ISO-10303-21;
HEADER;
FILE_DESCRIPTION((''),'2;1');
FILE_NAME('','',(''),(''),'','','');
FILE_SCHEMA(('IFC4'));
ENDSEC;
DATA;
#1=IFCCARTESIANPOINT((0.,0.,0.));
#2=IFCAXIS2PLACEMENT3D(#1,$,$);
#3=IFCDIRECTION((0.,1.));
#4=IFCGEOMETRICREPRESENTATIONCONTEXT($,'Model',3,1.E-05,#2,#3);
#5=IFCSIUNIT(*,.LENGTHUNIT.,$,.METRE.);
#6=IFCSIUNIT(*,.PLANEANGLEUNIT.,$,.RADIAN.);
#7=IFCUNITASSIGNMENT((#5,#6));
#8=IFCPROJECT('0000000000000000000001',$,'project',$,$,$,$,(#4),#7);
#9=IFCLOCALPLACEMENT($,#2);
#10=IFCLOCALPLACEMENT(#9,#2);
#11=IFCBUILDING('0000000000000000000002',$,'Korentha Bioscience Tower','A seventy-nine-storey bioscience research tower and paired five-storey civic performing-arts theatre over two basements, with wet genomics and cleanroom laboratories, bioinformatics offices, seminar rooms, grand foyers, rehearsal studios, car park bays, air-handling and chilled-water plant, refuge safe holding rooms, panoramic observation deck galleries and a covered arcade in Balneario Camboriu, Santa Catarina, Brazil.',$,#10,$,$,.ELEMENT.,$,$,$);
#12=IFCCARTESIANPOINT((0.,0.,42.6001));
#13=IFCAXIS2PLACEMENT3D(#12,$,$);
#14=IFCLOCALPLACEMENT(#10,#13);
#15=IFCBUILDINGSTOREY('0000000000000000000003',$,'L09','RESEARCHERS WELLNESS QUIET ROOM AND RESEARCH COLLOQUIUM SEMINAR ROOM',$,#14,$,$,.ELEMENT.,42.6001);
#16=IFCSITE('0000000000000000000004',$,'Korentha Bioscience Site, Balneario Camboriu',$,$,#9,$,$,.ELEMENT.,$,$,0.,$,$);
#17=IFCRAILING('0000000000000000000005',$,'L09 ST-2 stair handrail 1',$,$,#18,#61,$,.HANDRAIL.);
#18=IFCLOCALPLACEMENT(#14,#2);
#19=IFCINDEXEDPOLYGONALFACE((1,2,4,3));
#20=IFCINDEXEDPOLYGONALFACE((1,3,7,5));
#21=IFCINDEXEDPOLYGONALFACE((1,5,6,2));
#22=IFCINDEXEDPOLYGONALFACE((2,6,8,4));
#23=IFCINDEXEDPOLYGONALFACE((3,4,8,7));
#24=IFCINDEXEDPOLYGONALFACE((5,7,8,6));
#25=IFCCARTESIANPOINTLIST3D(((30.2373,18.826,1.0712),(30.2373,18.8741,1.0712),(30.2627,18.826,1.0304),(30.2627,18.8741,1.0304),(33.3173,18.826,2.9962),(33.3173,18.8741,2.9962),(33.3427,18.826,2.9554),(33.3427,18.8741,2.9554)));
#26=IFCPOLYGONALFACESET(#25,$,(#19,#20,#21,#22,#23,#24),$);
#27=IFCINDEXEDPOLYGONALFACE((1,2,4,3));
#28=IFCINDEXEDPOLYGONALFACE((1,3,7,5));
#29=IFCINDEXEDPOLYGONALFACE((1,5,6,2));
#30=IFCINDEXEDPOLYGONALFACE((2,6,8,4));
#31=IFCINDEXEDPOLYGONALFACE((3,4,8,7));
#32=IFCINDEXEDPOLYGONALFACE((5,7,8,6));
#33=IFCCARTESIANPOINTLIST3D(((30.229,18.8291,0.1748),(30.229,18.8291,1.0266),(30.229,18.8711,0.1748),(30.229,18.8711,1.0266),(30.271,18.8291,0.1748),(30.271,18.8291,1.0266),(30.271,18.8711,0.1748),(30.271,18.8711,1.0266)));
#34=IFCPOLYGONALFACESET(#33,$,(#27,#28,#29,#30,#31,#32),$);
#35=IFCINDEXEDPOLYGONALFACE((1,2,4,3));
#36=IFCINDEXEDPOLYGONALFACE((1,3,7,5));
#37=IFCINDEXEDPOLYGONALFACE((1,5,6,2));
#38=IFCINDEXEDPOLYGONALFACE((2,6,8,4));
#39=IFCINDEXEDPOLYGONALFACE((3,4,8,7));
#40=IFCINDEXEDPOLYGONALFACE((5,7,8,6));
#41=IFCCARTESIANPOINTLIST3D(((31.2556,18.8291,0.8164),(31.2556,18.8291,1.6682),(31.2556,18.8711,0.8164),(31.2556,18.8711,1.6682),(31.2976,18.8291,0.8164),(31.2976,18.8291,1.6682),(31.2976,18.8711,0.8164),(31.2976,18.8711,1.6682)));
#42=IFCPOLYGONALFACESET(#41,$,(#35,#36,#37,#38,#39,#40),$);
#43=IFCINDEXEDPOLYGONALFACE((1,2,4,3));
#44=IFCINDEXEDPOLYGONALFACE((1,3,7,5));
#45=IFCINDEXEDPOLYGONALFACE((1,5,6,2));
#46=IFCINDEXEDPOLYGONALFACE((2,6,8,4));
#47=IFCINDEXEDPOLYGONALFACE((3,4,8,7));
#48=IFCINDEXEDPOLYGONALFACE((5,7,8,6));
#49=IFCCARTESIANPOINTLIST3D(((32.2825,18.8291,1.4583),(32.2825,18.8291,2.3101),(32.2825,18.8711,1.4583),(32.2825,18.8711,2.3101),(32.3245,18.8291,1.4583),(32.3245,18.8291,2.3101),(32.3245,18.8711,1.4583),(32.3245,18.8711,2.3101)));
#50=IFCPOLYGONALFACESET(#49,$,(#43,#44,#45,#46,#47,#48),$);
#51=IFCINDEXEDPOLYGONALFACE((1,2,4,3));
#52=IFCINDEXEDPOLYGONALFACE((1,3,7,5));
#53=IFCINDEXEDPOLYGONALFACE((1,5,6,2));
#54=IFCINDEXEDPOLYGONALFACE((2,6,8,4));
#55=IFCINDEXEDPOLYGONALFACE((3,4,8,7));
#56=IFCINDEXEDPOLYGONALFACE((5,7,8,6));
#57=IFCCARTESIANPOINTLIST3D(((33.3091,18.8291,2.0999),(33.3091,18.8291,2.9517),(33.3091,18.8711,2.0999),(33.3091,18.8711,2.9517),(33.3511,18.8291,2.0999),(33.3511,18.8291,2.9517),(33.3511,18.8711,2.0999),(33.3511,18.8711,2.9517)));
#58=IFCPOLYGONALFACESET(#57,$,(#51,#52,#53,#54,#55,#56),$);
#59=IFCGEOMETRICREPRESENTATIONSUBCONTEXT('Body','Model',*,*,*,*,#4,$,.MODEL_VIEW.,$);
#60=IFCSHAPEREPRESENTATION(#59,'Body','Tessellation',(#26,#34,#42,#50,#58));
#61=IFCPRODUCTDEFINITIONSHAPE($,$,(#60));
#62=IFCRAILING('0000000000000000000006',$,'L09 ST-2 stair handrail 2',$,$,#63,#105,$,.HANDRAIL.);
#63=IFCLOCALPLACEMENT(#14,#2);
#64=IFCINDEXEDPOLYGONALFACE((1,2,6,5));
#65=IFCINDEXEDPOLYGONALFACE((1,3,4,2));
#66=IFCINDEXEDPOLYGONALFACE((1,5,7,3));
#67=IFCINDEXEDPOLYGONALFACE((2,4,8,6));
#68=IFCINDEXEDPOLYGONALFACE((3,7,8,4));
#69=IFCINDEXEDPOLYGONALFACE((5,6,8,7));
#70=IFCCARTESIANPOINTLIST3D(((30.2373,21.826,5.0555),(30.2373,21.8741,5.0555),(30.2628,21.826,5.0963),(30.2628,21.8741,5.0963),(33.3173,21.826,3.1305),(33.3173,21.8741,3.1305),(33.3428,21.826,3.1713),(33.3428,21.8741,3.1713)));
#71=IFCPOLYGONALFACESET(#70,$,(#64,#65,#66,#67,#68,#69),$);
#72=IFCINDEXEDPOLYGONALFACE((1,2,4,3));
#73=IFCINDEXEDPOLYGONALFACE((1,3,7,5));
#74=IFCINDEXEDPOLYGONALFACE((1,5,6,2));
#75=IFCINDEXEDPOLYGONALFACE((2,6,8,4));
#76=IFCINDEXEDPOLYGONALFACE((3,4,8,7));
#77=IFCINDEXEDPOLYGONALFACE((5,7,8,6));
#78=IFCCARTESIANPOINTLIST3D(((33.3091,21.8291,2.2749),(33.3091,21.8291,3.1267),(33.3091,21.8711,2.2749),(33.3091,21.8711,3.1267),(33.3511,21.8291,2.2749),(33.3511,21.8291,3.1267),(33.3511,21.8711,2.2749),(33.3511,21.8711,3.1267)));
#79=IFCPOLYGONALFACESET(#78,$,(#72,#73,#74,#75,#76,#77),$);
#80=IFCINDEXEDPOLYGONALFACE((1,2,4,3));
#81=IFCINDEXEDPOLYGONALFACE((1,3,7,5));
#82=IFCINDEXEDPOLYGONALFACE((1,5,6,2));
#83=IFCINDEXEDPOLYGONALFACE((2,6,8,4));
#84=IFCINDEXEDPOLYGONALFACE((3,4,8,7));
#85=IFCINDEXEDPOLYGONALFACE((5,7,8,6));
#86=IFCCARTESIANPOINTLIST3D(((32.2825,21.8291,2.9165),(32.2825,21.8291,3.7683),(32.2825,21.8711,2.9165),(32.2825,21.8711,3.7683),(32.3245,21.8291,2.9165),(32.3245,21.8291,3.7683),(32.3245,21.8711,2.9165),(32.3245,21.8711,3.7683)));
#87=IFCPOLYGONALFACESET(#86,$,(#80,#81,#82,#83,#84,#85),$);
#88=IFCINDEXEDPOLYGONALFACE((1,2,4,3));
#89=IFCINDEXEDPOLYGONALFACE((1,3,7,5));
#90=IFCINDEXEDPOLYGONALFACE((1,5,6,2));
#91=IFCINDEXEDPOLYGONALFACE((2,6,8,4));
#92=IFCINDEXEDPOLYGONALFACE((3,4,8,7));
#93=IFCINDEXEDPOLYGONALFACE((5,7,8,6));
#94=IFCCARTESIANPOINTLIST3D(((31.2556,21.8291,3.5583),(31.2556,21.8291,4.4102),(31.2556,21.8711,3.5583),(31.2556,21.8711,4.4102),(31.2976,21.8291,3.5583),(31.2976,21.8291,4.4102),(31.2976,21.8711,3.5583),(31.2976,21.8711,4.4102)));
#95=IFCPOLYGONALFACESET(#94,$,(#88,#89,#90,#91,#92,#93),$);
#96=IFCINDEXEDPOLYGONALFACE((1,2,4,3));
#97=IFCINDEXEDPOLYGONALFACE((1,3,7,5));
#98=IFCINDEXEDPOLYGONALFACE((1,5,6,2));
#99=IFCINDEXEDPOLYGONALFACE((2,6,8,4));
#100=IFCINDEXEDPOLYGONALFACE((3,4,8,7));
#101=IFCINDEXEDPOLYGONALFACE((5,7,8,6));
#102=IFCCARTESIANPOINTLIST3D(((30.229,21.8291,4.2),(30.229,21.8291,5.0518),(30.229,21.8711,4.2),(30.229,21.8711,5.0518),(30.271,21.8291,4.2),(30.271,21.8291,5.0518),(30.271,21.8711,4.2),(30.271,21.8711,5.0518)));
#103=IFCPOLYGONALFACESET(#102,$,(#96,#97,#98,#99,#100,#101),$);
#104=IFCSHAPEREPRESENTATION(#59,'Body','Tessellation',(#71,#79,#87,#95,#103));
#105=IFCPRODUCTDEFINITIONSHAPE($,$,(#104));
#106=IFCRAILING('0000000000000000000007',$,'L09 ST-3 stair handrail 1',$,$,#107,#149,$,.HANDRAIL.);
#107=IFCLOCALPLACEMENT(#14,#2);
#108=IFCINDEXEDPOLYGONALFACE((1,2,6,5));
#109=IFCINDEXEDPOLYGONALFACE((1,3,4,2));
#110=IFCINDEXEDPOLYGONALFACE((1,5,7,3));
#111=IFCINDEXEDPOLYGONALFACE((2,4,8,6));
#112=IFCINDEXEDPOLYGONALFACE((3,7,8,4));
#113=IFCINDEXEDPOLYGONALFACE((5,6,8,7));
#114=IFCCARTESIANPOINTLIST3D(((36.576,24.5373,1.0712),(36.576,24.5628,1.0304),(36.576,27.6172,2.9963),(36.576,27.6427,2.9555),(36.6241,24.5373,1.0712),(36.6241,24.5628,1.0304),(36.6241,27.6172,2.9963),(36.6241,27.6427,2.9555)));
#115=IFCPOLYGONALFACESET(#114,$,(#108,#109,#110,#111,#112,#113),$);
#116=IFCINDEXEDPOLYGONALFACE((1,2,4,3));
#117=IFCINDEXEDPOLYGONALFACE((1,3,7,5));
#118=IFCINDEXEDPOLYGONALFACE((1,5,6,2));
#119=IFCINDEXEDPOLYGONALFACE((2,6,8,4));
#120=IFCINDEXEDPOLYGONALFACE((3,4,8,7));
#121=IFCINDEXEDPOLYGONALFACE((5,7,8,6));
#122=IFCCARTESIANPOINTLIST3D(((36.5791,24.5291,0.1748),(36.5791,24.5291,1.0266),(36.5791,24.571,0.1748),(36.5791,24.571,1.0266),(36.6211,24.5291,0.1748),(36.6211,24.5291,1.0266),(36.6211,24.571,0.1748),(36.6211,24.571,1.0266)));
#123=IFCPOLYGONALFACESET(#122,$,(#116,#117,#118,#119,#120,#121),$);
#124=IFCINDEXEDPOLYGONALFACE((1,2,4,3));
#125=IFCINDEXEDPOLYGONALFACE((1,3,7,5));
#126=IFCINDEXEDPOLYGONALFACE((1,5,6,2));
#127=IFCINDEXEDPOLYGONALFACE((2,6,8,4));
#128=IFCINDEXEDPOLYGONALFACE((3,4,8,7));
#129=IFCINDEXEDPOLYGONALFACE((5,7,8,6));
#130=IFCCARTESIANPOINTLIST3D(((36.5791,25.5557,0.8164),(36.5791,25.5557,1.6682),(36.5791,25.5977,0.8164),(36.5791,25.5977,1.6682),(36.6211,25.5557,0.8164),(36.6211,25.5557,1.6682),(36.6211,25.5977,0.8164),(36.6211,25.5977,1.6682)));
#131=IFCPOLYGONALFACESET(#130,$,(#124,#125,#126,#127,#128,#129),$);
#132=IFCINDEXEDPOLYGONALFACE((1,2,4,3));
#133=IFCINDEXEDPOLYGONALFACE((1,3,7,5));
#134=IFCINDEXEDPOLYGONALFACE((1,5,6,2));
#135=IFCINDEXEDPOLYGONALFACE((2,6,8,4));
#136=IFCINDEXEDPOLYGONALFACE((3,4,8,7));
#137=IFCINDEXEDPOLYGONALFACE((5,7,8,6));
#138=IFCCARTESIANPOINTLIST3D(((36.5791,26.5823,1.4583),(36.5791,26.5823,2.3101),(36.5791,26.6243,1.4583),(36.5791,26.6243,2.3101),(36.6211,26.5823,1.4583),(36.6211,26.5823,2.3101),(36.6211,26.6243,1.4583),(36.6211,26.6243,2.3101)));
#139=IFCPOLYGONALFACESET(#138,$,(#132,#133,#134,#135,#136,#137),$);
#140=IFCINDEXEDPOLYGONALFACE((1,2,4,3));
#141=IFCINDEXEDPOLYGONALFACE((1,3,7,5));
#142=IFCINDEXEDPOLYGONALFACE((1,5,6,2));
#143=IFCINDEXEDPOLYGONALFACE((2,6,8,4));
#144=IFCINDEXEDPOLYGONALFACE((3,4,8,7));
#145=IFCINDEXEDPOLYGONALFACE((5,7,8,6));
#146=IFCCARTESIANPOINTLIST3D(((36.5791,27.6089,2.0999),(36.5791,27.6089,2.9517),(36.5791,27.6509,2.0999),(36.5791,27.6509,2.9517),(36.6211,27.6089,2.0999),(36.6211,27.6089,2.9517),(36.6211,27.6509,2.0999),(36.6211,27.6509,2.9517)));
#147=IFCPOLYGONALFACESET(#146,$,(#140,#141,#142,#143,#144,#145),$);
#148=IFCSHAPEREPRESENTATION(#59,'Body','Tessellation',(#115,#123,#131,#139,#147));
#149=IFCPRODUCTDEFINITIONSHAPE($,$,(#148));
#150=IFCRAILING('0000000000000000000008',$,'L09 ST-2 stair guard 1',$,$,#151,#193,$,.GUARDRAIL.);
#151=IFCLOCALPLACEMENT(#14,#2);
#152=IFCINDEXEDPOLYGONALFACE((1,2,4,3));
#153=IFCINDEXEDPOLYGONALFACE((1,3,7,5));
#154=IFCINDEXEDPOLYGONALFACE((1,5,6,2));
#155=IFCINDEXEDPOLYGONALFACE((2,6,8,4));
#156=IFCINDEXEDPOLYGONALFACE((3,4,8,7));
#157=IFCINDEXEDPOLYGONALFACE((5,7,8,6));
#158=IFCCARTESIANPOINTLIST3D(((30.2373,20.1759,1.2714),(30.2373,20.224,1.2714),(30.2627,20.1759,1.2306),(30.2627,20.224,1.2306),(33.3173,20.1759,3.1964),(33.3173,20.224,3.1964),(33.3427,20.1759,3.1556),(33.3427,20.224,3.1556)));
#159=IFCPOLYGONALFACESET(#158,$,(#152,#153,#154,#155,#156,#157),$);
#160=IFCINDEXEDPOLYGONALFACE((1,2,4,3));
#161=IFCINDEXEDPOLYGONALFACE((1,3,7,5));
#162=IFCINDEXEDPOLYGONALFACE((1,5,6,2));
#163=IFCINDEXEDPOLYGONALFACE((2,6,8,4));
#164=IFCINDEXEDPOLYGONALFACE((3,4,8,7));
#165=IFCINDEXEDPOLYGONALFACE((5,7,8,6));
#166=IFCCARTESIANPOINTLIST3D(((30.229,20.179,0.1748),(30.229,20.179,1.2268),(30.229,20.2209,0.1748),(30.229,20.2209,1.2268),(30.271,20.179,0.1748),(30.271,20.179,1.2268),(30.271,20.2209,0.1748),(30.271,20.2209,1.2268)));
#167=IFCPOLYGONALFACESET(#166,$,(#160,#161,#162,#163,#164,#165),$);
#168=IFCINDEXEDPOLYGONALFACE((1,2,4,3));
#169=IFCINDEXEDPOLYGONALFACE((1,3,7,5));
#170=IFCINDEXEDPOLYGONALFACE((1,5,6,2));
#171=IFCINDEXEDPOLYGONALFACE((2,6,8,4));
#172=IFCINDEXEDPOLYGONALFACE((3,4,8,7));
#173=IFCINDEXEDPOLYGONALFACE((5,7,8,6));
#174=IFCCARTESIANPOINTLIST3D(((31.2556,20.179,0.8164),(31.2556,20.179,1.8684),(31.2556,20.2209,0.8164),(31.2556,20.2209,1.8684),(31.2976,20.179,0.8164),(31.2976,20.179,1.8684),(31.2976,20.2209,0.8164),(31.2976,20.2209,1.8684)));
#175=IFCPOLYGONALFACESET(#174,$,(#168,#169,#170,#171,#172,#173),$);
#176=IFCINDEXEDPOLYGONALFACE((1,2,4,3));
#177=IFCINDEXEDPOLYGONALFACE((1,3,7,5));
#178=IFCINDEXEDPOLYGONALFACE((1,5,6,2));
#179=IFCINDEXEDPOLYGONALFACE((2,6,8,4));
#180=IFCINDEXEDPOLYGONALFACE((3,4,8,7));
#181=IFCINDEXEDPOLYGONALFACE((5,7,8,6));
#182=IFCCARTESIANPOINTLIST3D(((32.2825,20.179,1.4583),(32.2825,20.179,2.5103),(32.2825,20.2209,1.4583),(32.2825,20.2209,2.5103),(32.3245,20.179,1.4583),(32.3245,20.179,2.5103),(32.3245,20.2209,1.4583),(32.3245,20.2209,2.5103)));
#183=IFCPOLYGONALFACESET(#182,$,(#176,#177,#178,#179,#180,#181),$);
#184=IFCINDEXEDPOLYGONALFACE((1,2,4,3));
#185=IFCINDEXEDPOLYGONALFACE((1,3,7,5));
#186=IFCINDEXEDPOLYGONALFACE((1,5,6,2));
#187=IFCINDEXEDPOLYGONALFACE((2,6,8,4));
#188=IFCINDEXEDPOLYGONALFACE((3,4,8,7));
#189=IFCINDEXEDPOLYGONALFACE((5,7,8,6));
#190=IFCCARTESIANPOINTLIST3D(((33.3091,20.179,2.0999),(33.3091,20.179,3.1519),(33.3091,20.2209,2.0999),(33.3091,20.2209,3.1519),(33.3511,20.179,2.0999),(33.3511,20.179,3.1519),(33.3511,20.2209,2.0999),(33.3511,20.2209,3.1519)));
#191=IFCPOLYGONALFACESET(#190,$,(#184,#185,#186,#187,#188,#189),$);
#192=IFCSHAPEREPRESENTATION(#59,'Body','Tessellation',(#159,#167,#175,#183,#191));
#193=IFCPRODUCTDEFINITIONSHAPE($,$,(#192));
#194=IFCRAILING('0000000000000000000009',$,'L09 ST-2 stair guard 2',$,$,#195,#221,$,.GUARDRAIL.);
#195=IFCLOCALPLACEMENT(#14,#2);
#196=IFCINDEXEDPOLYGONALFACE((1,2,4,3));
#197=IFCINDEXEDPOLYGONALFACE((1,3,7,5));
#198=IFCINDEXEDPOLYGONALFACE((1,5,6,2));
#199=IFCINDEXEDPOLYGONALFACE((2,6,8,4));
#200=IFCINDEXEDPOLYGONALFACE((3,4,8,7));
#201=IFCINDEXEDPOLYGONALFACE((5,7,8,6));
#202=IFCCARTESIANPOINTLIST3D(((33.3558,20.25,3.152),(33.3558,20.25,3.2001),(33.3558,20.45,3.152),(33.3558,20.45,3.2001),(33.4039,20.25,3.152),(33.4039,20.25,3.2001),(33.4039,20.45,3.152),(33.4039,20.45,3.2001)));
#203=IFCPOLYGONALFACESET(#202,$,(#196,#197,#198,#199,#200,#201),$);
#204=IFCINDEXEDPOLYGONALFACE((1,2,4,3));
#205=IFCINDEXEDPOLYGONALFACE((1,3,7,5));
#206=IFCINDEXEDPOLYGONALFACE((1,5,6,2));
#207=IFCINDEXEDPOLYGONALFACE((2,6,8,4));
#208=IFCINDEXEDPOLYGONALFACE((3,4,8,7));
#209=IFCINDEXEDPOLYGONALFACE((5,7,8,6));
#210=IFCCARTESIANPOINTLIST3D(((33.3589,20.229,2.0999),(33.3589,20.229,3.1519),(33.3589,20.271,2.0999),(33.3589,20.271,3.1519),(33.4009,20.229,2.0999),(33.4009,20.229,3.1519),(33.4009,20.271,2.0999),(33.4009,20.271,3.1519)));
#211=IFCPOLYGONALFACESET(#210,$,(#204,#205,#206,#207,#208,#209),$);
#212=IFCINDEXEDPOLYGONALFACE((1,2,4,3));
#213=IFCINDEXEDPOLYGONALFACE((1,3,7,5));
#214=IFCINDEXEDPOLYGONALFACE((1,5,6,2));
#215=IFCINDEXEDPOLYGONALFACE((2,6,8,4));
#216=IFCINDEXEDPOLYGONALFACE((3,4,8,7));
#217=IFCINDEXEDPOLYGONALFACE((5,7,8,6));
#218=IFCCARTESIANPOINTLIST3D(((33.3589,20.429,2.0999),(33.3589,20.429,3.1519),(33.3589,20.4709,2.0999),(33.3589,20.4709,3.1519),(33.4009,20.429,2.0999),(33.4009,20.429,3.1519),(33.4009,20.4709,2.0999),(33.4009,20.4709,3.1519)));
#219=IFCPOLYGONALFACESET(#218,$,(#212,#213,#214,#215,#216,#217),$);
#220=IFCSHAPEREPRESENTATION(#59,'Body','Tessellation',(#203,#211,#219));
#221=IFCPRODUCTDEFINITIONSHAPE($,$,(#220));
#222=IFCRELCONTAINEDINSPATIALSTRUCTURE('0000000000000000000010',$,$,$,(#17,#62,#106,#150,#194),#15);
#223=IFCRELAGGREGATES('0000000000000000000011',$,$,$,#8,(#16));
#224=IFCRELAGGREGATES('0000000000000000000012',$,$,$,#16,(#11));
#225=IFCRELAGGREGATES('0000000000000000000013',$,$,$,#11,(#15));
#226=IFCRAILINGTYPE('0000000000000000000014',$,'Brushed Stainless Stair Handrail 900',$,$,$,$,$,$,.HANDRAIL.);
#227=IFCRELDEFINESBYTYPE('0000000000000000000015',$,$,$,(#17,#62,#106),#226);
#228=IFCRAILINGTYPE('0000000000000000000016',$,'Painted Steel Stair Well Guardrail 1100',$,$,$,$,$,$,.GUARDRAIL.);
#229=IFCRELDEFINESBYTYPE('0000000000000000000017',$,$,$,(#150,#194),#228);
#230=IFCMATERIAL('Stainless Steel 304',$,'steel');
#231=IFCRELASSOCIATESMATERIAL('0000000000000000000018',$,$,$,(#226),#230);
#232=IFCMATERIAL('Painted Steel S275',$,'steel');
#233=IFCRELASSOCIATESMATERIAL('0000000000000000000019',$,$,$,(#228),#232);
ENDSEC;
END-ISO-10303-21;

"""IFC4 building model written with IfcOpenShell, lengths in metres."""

from ifc_helpers import new_model, si_unit, direction, frame, origin, origin_2d, place, context, subcontext, project, spatial, rectangle, extrude, material, type_object, element, save


model = new_model("IFC4")

# Units and contexts
model_context = context("Model", 3, precision=1e-05, world=origin(), true_north=direction((0.0, 1.0)))
body_context = subcontext(model_context, "Body", "Model", "MODEL_VIEW")
ifc_project = project(units=[si_unit("LENGTHUNIT", "METRE"), si_unit("PLANEANGLEUNIT", "RADIAN")], contexts=[model_context])

# Site, building, storey
site_placement = place(None, origin())
site = spatial("IfcSite", under=ifc_project, at=site_placement, Name="Korentha Bioscience Site, Balneario Camboriu", CompositionType="ELEMENT", RefElevation=0.0)
building_placement = place(site_placement, origin())
building = spatial("IfcBuilding", under=site, at=building_placement, Name="Korentha Bioscience Tower", Description="A seventy-nine-storey bioscience research tower and paired five-storey civic performing-arts theatre over two basements, with wet genomics and cleanroom laboratories, bioinformatics offices, seminar rooms, grand foyers, rehearsal studios, car park bays, air-handling and chilled-water plant, refuge safe holding rooms, panoramic observation deck galleries and a covered arcade in Balneario Camboriu, Santa Catarina, Brazil.", CompositionType="ELEMENT")
storey_placement = place(building_placement, frame((0.0, 0.0, 42.6001)))
storey = spatial("IfcBuildingStorey", under=building, at=storey_placement, Name="L09", Description="RESEARCHERS WELLNESS QUIET ROOM AND RESEARCH COLLOQUIUM SEMINAR ROOM", CompositionType="ELEMENT", Elevation=42.6001)

# Railings
ifc_material_1 = material(Name="Stainless Steel 304", Category="steel")
railing_type_1 = type_object("IfcRailingType", Name="Brushed Stainless Stair Handrail 900", PredefinedType="HANDRAIL", material=ifc_material_1)
railing_1_placement = place(storey_placement, frame((30.25, 18.8501, 0.1748)))
element("IfcRailing", 1, at=railing_1_placement, inside=storey, type_object=railing_type_1, Name="L09 ST-2 stair handrail 1", PredefinedType="HANDRAIL", context=body_context, shape_type="SweptSolid", body=[
    extrude(rectangle(XDim=0.0481, YDim=0.0481, at=origin_2d()), frame((0.0, 0.0, 0.876), z_axis=(0.847998, 0.0, 0.529999), x_axis=(0.0, 1.0, 0.0)), (0.0, 0.0, 1.0), 3.6321),
    extrude(rectangle(XDim=0.042, YDim=0.042, at=origin_2d()), origin(), (0.0, 0.0, 1.0), 0.8518),
    extrude(rectangle(XDim=0.042, YDim=0.042, at=origin_2d()), frame((1.0266, 0.0, 0.6416)), (0.0, 0.0, 1.0), 0.8518),
    extrude(rectangle(XDim=0.042, YDim=0.042, at=origin_2d()), frame((2.0535, 0.0, 1.2834)), (0.0, 0.0, 1.0), 0.8518),
    extrude(rectangle(XDim=0.042, YDim=0.042, at=origin_2d()), frame((3.0801, 0.0, 1.925)), (0.0, 0.0, 1.0), 0.8518),
])
railing_2_placement = place(storey_placement, frame((33.3301, 21.8501, 2.2749)))
element("IfcRailing", 2, at=railing_2_placement, inside=storey, type_object=railing_type_1, Name="L09 ST-2 stair handrail 2", PredefinedType="HANDRAIL", context=body_context, shape_type="SweptSolid", body=[
    extrude(rectangle(XDim=0.0481, YDim=0.0481, at=origin_2d()), frame((0.0, 0.0, 0.876), z_axis=(-0.847998, 0.0, 0.529999), x_axis=(0.0, -1.0, 0.0)), (0.0, 0.0, 1.0), 3.6321),
    extrude(rectangle(XDim=0.042, YDim=0.042, at=origin_2d()), origin(), (0.0, 0.0, 1.0), 0.8518),
    extrude(rectangle(XDim=0.042, YDim=0.042, at=origin_2d()), frame((-1.0266, 0.0, 0.6416)), (0.0, 0.0, 1.0), 0.8518),
    extrude(rectangle(XDim=0.042, YDim=0.042, at=origin_2d()), frame((-2.0535, 0.0, 1.2834)), (0.0, 0.0, 1.0), 0.8518),
    extrude(rectangle(XDim=0.042, YDim=0.042, at=origin_2d()), frame((-3.0801, 0.0, 1.925)), (0.0, 0.0, 1.0), 0.8518),
])
railing_3_placement = place(storey_placement, frame((36.6001, 24.55, 0.1748)))
element("IfcRailing", 3, at=railing_3_placement, inside=storey, type_object=railing_type_1, Name="L09 ST-3 stair handrail 1", PredefinedType="HANDRAIL", context=body_context, shape_type="SweptSolid", body=[
    extrude(rectangle(XDim=0.0481, YDim=0.0481, at=origin_2d()), frame((0.0, 0.0, 0.876), z_axis=(0.0, 0.847979, 0.530029), x_axis=(-1.0, 0.0, 0.0)), (0.0, 0.0, 1.0), 3.6321),
    extrude(rectangle(XDim=0.042, YDim=0.042, at=origin_2d()), origin(), (0.0, 0.0, 1.0), 0.8518),
    extrude(rectangle(XDim=0.042, YDim=0.042, at=origin_2d()), frame((0.0, 1.0266, 0.6416)), (0.0, 0.0, 1.0), 0.8518),
    extrude(rectangle(XDim=0.042, YDim=0.042, at=origin_2d()), frame((0.0, 2.0532, 1.2834)), (0.0, 0.0, 1.0), 0.8518),
    extrude(rectangle(XDim=0.042, YDim=0.042, at=origin_2d()), frame((0.0, 3.0798, 1.925)), (0.0, 0.0, 1.0), 0.8518),
])
ifc_material_2 = material(Name="Painted Steel S275", Category="steel")
railing_type_2 = type_object("IfcRailingType", Name="Painted Steel Stair Well Guardrail 1100", PredefinedType="GUARDRAIL", material=ifc_material_2)
railing_4_placement = place(storey_placement, frame((30.25, 20.2, 0.1748)))
element("IfcRailing", 4, at=railing_4_placement, inside=storey, type_object=railing_type_2, Name="L09 ST-2 stair guard 1", PredefinedType="GUARDRAIL", context=body_context, shape_type="SweptSolid", body=[
    extrude(rectangle(XDim=0.0481, YDim=0.0481, at=origin_2d()), frame((0.0, 0.0, 1.0762), z_axis=(0.847998, 0.0, 0.529999), x_axis=(0.0, 1.0, 0.0)), (0.0, 0.0, 1.0), 3.6321),
    extrude(rectangle(XDim=0.042, YDim=0.042, at=origin_2d()), origin(), (0.0, 0.0, 1.0), 1.052),
    extrude(rectangle(XDim=0.042, YDim=0.042, at=origin_2d()), frame((1.0266, 0.0, 0.6416)), (0.0, 0.0, 1.0), 1.052),
    extrude(rectangle(XDim=0.042, YDim=0.042, at=origin_2d()), frame((2.0535, 0.0, 1.2834)), (0.0, 0.0, 1.0), 1.052),
    extrude(rectangle(XDim=0.042, YDim=0.042, at=origin_2d()), frame((3.0801, 0.0, 1.925)), (0.0, 0.0, 1.0), 1.052),
])
railing_5_placement = place(storey_placement, frame((33.3799, 20.25, 2.0999)))
element("IfcRailing", 5, at=railing_5_placement, inside=storey, type_object=railing_type_2, Name="L09 ST-2 stair guard 2", PredefinedType="GUARDRAIL", context=body_context, shape_type="SweptSolid", body=[
    extrude(rectangle(XDim=0.0481, YDim=0.0481, at=origin_2d()), frame((0.0, 0.0, 1.0762), z_axis=(0.0, 1.0, 0.0), x_axis=(-1.0, 0.0, 0.0)), (0.0, 0.0, 1.0), 0.2),
    extrude(rectangle(XDim=0.042, YDim=0.042, at=origin_2d()), origin(), (0.0, 0.0, 1.0), 1.052),
    extrude(rectangle(XDim=0.042, YDim=0.042, at=origin_2d()), frame((0.0, 0.2, 0.0)), (0.0, 0.0, 1.0), 1.052),
])

save(model, "model.ifc")
